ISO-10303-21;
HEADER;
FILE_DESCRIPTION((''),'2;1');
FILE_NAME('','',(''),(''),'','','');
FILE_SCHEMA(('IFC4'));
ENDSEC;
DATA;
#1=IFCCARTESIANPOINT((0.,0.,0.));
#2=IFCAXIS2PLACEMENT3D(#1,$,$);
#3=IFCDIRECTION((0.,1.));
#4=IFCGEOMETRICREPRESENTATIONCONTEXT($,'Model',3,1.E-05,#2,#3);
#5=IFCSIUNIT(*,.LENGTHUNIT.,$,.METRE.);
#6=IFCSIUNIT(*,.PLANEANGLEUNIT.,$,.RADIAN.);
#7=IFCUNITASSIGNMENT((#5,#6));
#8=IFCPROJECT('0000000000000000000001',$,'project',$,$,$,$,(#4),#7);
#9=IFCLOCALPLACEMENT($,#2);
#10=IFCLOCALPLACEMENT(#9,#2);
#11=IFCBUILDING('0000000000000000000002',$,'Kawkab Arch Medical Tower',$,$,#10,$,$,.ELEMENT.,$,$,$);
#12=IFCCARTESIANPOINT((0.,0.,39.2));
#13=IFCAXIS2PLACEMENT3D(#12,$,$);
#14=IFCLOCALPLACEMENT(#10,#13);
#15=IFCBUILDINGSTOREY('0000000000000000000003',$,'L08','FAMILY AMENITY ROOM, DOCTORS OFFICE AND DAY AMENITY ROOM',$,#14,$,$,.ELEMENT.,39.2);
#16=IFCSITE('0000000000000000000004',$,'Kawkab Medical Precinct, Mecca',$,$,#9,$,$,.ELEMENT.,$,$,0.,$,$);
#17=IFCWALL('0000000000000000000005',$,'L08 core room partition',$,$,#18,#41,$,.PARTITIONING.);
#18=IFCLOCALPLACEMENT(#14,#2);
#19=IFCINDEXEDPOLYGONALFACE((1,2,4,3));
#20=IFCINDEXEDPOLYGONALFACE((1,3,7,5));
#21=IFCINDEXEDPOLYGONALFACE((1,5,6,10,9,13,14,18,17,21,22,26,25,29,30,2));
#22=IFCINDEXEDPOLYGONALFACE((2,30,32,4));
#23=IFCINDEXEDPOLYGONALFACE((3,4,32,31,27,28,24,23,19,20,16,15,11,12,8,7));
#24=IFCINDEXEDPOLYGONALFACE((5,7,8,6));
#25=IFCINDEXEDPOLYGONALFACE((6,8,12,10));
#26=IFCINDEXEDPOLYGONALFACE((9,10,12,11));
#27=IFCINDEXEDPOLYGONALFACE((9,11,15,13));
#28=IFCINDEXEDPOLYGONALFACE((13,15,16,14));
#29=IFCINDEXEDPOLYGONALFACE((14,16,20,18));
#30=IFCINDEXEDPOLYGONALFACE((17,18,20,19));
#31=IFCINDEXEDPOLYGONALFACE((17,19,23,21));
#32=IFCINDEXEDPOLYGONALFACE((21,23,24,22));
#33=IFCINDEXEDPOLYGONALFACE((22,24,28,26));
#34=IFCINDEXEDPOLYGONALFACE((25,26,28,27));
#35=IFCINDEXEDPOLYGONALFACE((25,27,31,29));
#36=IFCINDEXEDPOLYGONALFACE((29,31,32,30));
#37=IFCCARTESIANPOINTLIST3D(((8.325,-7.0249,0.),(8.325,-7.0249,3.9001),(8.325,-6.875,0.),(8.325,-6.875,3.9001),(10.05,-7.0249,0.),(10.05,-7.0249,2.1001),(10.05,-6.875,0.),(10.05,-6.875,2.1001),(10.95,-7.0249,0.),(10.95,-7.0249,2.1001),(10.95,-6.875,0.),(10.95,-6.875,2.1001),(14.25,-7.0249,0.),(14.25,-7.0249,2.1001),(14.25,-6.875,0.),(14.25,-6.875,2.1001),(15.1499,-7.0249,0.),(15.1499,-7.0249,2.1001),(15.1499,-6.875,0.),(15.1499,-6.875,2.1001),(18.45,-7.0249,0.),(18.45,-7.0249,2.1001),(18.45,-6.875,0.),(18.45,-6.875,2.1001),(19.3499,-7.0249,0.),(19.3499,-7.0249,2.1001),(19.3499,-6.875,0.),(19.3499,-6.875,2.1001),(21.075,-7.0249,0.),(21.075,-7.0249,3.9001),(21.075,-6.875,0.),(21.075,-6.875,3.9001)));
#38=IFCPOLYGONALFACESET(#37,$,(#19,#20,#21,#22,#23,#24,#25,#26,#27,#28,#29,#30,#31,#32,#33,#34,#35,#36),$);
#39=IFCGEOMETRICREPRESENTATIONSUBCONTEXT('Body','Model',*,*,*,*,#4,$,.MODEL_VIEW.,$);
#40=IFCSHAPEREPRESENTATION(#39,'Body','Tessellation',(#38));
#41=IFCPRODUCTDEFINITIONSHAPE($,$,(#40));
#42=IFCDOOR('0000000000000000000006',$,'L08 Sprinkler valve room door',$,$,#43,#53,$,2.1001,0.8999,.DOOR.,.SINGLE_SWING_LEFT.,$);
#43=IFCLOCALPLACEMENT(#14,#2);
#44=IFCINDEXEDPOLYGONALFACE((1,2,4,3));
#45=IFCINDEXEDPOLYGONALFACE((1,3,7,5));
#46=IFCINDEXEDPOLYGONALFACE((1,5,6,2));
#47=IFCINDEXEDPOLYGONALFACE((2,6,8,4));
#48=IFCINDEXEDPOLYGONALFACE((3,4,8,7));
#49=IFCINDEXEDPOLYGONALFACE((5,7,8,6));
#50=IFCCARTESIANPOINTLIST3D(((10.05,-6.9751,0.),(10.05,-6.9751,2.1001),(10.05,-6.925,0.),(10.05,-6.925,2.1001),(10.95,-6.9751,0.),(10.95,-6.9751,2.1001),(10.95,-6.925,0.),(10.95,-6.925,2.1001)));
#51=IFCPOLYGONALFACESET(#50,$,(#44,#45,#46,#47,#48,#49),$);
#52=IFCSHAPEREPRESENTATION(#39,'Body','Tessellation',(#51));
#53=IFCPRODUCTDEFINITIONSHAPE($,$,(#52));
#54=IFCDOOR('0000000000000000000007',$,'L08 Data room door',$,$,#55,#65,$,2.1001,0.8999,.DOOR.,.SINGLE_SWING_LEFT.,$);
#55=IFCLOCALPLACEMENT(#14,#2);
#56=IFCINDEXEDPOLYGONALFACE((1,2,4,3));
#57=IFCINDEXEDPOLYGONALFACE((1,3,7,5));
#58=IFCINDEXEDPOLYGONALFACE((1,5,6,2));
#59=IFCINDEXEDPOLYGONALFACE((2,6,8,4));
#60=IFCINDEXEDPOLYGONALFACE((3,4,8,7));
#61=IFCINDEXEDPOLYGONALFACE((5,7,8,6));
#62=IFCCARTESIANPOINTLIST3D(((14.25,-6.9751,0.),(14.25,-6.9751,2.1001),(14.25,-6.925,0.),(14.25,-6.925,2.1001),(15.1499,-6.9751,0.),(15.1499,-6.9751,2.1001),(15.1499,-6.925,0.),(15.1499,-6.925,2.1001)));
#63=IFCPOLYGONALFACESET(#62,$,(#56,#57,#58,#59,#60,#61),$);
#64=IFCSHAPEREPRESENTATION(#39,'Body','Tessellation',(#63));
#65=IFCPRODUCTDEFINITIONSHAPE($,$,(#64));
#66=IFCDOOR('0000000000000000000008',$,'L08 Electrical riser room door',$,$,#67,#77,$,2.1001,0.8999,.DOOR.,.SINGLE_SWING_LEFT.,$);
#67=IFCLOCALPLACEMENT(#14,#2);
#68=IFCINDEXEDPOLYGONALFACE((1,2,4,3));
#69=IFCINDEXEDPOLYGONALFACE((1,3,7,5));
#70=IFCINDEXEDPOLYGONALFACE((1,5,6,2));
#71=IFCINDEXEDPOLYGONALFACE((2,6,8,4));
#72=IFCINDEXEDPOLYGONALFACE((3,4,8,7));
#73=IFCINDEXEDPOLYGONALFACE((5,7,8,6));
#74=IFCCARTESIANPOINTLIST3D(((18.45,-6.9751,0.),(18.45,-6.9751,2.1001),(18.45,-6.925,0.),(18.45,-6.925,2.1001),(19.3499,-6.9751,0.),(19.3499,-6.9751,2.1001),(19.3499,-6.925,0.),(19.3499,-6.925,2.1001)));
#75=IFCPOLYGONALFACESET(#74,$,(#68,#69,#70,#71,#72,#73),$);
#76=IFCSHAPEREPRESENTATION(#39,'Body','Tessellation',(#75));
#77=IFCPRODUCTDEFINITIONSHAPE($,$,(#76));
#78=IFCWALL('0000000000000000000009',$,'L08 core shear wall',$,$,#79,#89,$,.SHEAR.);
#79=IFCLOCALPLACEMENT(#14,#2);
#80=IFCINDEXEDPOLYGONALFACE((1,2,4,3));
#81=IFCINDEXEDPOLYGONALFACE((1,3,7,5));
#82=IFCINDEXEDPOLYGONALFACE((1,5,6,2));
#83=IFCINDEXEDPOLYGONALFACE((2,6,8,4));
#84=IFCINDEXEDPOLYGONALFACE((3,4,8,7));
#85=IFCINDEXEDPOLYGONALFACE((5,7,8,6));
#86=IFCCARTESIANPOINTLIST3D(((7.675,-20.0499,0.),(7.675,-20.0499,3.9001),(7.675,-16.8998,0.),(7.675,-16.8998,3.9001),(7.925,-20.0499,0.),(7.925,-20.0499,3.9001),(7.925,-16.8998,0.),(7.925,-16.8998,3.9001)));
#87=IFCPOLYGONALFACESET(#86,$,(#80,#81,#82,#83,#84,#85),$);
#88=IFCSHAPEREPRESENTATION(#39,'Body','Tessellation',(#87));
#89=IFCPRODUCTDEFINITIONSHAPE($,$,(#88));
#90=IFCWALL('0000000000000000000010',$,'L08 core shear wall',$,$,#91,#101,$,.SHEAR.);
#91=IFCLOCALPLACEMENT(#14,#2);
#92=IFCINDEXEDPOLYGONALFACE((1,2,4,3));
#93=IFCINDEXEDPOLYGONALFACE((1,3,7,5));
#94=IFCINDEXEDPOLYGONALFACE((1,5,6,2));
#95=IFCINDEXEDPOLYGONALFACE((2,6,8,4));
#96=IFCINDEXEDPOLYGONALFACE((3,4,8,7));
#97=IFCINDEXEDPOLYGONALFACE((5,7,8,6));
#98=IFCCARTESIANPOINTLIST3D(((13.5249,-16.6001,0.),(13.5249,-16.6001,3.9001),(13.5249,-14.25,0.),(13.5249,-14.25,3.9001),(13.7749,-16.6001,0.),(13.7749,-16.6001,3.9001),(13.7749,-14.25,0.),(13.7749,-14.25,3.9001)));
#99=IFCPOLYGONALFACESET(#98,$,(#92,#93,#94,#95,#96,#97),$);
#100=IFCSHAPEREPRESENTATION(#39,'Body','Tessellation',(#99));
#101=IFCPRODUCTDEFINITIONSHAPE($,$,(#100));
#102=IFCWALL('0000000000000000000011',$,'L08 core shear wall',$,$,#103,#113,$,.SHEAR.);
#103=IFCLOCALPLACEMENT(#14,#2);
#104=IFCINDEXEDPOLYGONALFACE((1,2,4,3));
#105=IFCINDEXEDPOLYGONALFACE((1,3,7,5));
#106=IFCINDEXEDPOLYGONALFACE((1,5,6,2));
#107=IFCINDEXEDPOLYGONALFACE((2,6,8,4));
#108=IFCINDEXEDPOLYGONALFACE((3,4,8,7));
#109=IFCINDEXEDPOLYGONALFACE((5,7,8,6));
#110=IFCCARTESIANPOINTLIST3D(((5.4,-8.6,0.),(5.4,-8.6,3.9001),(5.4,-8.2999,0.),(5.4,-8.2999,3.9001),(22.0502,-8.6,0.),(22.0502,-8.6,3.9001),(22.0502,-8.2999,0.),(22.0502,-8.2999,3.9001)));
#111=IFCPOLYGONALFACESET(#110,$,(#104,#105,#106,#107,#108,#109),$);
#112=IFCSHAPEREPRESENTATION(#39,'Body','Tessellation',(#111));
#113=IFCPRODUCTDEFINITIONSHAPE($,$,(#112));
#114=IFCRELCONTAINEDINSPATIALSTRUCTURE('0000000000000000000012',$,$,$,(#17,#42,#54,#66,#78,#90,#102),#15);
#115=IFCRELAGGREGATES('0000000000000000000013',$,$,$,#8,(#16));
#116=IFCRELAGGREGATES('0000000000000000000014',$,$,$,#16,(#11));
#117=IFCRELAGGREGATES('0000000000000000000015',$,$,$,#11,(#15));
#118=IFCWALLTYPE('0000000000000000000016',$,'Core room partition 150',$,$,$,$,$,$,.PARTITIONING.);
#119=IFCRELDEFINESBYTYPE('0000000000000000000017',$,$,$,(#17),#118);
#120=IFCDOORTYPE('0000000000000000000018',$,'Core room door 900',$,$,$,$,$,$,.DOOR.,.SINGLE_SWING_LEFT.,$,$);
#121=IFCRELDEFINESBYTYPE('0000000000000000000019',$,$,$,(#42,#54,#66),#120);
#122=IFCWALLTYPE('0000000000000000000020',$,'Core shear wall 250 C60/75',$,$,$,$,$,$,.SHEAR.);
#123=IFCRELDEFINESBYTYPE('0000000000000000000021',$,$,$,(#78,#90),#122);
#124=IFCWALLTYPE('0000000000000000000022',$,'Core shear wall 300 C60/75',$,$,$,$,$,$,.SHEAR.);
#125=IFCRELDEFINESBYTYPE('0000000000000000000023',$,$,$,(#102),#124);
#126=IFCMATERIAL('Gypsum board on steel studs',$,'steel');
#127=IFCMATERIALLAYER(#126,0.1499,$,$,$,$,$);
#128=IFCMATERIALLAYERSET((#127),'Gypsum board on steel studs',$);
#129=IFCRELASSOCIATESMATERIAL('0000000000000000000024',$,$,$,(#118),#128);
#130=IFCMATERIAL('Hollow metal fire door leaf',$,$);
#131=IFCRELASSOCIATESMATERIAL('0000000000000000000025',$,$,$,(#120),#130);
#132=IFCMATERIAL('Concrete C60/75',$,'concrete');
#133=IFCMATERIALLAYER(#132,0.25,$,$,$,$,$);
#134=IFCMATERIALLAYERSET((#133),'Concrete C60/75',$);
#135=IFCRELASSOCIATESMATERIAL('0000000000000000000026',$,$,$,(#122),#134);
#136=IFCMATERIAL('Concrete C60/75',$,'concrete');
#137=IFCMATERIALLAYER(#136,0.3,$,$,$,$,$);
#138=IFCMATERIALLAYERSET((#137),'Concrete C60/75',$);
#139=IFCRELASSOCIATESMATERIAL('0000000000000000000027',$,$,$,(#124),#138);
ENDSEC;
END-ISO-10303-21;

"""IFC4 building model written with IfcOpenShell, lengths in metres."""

from ifc_helpers import new_model, si_unit, direction, frame, frame_2d, origin, place, context, subcontext, project, spatial, rectangle, extrude, material, layer, layer_set, type_object, element, fill, save


model = new_model("IFC4")

# Units and contexts
model_context = context("Model", 3, precision=1e-05, world=origin(), true_north=direction((0.0, 1.0)))
body_context = subcontext(model_context, "Body", "Model", "MODEL_VIEW")
ifc_project = project(units=[si_unit("LENGTHUNIT", "METRE"), si_unit("PLANEANGLEUNIT", "RADIAN")], contexts=[model_context])

# Site, building, storey
site_placement = place(None, origin())
site = spatial("IfcSite", under=ifc_project, at=site_placement, Name="Kawkab Medical Precinct, Mecca", CompositionType="ELEMENT", RefElevation=0.0)
building_placement = place(site_placement, origin())
building = spatial("IfcBuilding", under=site, at=building_placement, Name="Kawkab Arch Medical Tower", CompositionType="ELEMENT")
storey_placement = place(building_placement, frame((0.0, 0.0, 39.2)))
storey = spatial("IfcBuildingStorey", under=building, at=storey_placement, Name="L08", Description="FAMILY AMENITY ROOM, DOCTORS OFFICE AND DAY AMENITY ROOM", CompositionType="ELEMENT", Elevation=39.2)

# Wall, openings, doors
ifc_material_1 = material(Name="Gypsum board on steel studs", Category="steel")
ifc_layer_1 = layer(ifc_material_1, 0.1499)
ifc_layer_set_1 = layer_set([ifc_layer_1], Name="Gypsum board on steel studs")
wall_type_1 = type_object("IfcWallType", Name="Core room partition 150", PredefinedType="PARTITIONING", material=ifc_layer_set_1)
wall_1_placement = place(storey_placement, frame((8.325, -6.95, 0.0), z_axis=(0.0, 0.0, 1.0), x_axis=(1.0, 0.0, 0.0)))
wall_1 = element("IfcWall", 1, at=wall_1_placement, inside=storey, type_object=wall_type_1, Name="L08 core room partition", PredefinedType="PARTITIONING", context=body_context, shape_type="SweptSolid", body=[
    extrude(rectangle(XDim=12.75, YDim=0.1499, at=frame_2d((6.375, 0.0))), origin(), (0.0, 0.0, 1.0), 3.9001),
])
opening_1_placement = place(wall_1_placement, frame((1.7251, 0.0, 0.0)))
opening_1 = element("IfcOpeningElement", 2, at=opening_1_placement, cuts=wall_1, PredefinedType="OPENING", context=body_context, shape_type="SweptSolid", body=[
    extrude(rectangle(XDim=0.8999, YDim=2.1001, at=frame_2d((0.45, 1.05))), frame((0.0, 0.085, 0.0), z_axis=(0.0, -1.0, 0.0), x_axis=(1.0, 0.0, 0.0)), (0.0, 0.0, 1.0), 0.1699),
])
opening_2_placement = place(wall_1_placement, frame((5.925, 0.0, 0.0)))
opening_2 = element("IfcOpeningElement", 3, at=opening_2_placement, cuts=wall_1, PredefinedType="OPENING", context=body_context, shape_type="SweptSolid", body=[
    extrude(rectangle(XDim=0.8999, YDim=2.1001, at=frame_2d((0.45, 1.05))), frame((0.0, 0.085, 0.0), z_axis=(0.0, -1.0, 0.0), x_axis=(1.0, 0.0, 0.0)), (0.0, 0.0, 1.0), 0.1699),
])
opening_3_placement = place(wall_1_placement, frame((10.125, 0.0, 0.0)))
opening_3 = element("IfcOpeningElement", 4, at=opening_3_placement, cuts=wall_1, PredefinedType="OPENING", context=body_context, shape_type="SweptSolid", body=[
    extrude(rectangle(XDim=0.8999, YDim=2.1001, at=frame_2d((0.45, 1.05))), frame((0.0, 0.085, 0.0), z_axis=(0.0, -1.0, 0.0), x_axis=(1.0, 0.0, 0.0)), (0.0, 0.0, 1.0), 0.1699),
])
ifc_material_2 = material(Name="Hollow metal fire door leaf")
door_type_1 = type_object("IfcDoorType", Name="Core room door 900", OperationType="SINGLE_SWING_LEFT", PredefinedType="DOOR", material=ifc_material_2)
door_1_placement = place(opening_1_placement, origin())
door_1 = element("IfcDoor", 5, at=door_1_placement, inside=storey, type_object=door_type_1, Name="L08 Sprinkler valve room door", OperationType="SINGLE_SWING_LEFT", OverallHeight=2.1001, OverallWidth=0.8999, PredefinedType="DOOR", context=body_context, shape_type="SweptSolid", body=[
    extrude(rectangle(XDim=0.8999, YDim=2.1001, at=frame_2d((0.45, 1.05))), frame((0.0, 0.0249, 0.0), z_axis=(0.0, -1.0, 0.0), x_axis=(1.0, 0.0, 0.0)), (0.0, 0.0, 1.0), 0.05),
])
fill(opening_1, door_1)
door_2_placement = place(opening_2_placement, origin())
door_2 = element("IfcDoor", 6, at=door_2_placement, inside=storey, type_object=door_type_1, Name="L08 Data room door", OperationType="SINGLE_SWING_LEFT", OverallHeight=2.1001, OverallWidth=0.8999, PredefinedType="DOOR", context=body_context, shape_type="SweptSolid", body=[
    extrude(rectangle(XDim=0.8999, YDim=2.1001, at=frame_2d((0.45, 1.05))), frame((0.0, 0.0249, 0.0), z_axis=(0.0, -1.0, 0.0), x_axis=(1.0, 0.0, 0.0)), (0.0, 0.0, 1.0), 0.05),
])
fill(opening_2, door_2)
door_3_placement = place(opening_3_placement, origin())
door_3 = element("IfcDoor", 7, at=door_3_placement, inside=storey, type_object=door_type_1, Name="L08 Electrical riser room door", OperationType="SINGLE_SWING_LEFT", OverallHeight=2.1001, OverallWidth=0.8999, PredefinedType="DOOR", context=body_context, shape_type="SweptSolid", body=[
    extrude(rectangle(XDim=0.8999, YDim=2.1001, at=frame_2d((0.45, 1.05))), frame((0.0, 0.0249, 0.0), z_axis=(0.0, -1.0, 0.0), x_axis=(1.0, 0.0, 0.0)), (0.0, 0.0, 1.0), 0.05),
])
fill(opening_3, door_3)

# Walls
ifc_material_3 = material(Name="Concrete C60/75", Category="concrete")
ifc_layer_2 = layer(ifc_material_3, 0.25)
ifc_layer_set_2 = layer_set([ifc_layer_2], Name="Concrete C60/75")
wall_type_2 = type_object("IfcWallType", Name="Core shear wall 250 C60/75", PredefinedType="SHEAR", material=ifc_layer_set_2)
wall_2_placement = place(storey_placement, frame((7.8, -20.05, 0.0), z_axis=(0.0, 0.0, 1.0), x_axis=(0.0, 1.0, 0.0)))
element("IfcWall", 8, at=wall_2_placement, inside=storey, type_object=wall_type_2, Name="L08 core shear wall", PredefinedType="SHEAR", context=body_context, shape_type="SweptSolid", body=[
    extrude(rectangle(XDim=3.1501, YDim=0.25, at=frame_2d((1.5752, 0.0))), origin(), (0.0, 0.0, 1.0), 3.9001),
])
wall_3_placement = place(storey_placement, frame((13.6499, -16.6001, 0.0), z_axis=(0.0, 0.0, 1.0), x_axis=(0.0, 1.0, 0.0)))
element("IfcWall", 9, at=wall_3_placement, inside=storey, type_object=wall_type_2, Name="L08 core shear wall", PredefinedType="SHEAR", context=body_context, shape_type="SweptSolid", body=[
    extrude(rectangle(XDim=2.3501, YDim=0.25, at=frame_2d((1.175, 0.0))), origin(), (0.0, 0.0, 1.0), 3.9001),
])
ifc_material_4 = material(Name="Concrete C60/75", Category="concrete")
ifc_layer_3 = layer(ifc_material_4, 0.3)
ifc_layer_set_3 = layer_set([ifc_layer_3], Name="Concrete C60/75")
wall_type_3 = type_object("IfcWallType", Name="Core shear wall 300 C60/75", PredefinedType="SHEAR", material=ifc_layer_set_3)
wall_4_placement = place(storey_placement, frame((5.3999, -8.45, 0.0), z_axis=(0.0, 0.0, 1.0), x_axis=(1.0, 0.0, 0.0)))
element("IfcWall", 10, at=wall_4_placement, inside=storey, type_object=wall_type_3, Name="L08 core shear wall", PredefinedType="SHEAR", context=body_context, shape_type="SweptSolid", body=[
    extrude(rectangle(XDim=16.6501, YDim=0.3, at=frame_2d((8.3252, 0.0))), origin(), (0.0, 0.0, 1.0), 3.9001),
])

save(model, "model.ifc")
